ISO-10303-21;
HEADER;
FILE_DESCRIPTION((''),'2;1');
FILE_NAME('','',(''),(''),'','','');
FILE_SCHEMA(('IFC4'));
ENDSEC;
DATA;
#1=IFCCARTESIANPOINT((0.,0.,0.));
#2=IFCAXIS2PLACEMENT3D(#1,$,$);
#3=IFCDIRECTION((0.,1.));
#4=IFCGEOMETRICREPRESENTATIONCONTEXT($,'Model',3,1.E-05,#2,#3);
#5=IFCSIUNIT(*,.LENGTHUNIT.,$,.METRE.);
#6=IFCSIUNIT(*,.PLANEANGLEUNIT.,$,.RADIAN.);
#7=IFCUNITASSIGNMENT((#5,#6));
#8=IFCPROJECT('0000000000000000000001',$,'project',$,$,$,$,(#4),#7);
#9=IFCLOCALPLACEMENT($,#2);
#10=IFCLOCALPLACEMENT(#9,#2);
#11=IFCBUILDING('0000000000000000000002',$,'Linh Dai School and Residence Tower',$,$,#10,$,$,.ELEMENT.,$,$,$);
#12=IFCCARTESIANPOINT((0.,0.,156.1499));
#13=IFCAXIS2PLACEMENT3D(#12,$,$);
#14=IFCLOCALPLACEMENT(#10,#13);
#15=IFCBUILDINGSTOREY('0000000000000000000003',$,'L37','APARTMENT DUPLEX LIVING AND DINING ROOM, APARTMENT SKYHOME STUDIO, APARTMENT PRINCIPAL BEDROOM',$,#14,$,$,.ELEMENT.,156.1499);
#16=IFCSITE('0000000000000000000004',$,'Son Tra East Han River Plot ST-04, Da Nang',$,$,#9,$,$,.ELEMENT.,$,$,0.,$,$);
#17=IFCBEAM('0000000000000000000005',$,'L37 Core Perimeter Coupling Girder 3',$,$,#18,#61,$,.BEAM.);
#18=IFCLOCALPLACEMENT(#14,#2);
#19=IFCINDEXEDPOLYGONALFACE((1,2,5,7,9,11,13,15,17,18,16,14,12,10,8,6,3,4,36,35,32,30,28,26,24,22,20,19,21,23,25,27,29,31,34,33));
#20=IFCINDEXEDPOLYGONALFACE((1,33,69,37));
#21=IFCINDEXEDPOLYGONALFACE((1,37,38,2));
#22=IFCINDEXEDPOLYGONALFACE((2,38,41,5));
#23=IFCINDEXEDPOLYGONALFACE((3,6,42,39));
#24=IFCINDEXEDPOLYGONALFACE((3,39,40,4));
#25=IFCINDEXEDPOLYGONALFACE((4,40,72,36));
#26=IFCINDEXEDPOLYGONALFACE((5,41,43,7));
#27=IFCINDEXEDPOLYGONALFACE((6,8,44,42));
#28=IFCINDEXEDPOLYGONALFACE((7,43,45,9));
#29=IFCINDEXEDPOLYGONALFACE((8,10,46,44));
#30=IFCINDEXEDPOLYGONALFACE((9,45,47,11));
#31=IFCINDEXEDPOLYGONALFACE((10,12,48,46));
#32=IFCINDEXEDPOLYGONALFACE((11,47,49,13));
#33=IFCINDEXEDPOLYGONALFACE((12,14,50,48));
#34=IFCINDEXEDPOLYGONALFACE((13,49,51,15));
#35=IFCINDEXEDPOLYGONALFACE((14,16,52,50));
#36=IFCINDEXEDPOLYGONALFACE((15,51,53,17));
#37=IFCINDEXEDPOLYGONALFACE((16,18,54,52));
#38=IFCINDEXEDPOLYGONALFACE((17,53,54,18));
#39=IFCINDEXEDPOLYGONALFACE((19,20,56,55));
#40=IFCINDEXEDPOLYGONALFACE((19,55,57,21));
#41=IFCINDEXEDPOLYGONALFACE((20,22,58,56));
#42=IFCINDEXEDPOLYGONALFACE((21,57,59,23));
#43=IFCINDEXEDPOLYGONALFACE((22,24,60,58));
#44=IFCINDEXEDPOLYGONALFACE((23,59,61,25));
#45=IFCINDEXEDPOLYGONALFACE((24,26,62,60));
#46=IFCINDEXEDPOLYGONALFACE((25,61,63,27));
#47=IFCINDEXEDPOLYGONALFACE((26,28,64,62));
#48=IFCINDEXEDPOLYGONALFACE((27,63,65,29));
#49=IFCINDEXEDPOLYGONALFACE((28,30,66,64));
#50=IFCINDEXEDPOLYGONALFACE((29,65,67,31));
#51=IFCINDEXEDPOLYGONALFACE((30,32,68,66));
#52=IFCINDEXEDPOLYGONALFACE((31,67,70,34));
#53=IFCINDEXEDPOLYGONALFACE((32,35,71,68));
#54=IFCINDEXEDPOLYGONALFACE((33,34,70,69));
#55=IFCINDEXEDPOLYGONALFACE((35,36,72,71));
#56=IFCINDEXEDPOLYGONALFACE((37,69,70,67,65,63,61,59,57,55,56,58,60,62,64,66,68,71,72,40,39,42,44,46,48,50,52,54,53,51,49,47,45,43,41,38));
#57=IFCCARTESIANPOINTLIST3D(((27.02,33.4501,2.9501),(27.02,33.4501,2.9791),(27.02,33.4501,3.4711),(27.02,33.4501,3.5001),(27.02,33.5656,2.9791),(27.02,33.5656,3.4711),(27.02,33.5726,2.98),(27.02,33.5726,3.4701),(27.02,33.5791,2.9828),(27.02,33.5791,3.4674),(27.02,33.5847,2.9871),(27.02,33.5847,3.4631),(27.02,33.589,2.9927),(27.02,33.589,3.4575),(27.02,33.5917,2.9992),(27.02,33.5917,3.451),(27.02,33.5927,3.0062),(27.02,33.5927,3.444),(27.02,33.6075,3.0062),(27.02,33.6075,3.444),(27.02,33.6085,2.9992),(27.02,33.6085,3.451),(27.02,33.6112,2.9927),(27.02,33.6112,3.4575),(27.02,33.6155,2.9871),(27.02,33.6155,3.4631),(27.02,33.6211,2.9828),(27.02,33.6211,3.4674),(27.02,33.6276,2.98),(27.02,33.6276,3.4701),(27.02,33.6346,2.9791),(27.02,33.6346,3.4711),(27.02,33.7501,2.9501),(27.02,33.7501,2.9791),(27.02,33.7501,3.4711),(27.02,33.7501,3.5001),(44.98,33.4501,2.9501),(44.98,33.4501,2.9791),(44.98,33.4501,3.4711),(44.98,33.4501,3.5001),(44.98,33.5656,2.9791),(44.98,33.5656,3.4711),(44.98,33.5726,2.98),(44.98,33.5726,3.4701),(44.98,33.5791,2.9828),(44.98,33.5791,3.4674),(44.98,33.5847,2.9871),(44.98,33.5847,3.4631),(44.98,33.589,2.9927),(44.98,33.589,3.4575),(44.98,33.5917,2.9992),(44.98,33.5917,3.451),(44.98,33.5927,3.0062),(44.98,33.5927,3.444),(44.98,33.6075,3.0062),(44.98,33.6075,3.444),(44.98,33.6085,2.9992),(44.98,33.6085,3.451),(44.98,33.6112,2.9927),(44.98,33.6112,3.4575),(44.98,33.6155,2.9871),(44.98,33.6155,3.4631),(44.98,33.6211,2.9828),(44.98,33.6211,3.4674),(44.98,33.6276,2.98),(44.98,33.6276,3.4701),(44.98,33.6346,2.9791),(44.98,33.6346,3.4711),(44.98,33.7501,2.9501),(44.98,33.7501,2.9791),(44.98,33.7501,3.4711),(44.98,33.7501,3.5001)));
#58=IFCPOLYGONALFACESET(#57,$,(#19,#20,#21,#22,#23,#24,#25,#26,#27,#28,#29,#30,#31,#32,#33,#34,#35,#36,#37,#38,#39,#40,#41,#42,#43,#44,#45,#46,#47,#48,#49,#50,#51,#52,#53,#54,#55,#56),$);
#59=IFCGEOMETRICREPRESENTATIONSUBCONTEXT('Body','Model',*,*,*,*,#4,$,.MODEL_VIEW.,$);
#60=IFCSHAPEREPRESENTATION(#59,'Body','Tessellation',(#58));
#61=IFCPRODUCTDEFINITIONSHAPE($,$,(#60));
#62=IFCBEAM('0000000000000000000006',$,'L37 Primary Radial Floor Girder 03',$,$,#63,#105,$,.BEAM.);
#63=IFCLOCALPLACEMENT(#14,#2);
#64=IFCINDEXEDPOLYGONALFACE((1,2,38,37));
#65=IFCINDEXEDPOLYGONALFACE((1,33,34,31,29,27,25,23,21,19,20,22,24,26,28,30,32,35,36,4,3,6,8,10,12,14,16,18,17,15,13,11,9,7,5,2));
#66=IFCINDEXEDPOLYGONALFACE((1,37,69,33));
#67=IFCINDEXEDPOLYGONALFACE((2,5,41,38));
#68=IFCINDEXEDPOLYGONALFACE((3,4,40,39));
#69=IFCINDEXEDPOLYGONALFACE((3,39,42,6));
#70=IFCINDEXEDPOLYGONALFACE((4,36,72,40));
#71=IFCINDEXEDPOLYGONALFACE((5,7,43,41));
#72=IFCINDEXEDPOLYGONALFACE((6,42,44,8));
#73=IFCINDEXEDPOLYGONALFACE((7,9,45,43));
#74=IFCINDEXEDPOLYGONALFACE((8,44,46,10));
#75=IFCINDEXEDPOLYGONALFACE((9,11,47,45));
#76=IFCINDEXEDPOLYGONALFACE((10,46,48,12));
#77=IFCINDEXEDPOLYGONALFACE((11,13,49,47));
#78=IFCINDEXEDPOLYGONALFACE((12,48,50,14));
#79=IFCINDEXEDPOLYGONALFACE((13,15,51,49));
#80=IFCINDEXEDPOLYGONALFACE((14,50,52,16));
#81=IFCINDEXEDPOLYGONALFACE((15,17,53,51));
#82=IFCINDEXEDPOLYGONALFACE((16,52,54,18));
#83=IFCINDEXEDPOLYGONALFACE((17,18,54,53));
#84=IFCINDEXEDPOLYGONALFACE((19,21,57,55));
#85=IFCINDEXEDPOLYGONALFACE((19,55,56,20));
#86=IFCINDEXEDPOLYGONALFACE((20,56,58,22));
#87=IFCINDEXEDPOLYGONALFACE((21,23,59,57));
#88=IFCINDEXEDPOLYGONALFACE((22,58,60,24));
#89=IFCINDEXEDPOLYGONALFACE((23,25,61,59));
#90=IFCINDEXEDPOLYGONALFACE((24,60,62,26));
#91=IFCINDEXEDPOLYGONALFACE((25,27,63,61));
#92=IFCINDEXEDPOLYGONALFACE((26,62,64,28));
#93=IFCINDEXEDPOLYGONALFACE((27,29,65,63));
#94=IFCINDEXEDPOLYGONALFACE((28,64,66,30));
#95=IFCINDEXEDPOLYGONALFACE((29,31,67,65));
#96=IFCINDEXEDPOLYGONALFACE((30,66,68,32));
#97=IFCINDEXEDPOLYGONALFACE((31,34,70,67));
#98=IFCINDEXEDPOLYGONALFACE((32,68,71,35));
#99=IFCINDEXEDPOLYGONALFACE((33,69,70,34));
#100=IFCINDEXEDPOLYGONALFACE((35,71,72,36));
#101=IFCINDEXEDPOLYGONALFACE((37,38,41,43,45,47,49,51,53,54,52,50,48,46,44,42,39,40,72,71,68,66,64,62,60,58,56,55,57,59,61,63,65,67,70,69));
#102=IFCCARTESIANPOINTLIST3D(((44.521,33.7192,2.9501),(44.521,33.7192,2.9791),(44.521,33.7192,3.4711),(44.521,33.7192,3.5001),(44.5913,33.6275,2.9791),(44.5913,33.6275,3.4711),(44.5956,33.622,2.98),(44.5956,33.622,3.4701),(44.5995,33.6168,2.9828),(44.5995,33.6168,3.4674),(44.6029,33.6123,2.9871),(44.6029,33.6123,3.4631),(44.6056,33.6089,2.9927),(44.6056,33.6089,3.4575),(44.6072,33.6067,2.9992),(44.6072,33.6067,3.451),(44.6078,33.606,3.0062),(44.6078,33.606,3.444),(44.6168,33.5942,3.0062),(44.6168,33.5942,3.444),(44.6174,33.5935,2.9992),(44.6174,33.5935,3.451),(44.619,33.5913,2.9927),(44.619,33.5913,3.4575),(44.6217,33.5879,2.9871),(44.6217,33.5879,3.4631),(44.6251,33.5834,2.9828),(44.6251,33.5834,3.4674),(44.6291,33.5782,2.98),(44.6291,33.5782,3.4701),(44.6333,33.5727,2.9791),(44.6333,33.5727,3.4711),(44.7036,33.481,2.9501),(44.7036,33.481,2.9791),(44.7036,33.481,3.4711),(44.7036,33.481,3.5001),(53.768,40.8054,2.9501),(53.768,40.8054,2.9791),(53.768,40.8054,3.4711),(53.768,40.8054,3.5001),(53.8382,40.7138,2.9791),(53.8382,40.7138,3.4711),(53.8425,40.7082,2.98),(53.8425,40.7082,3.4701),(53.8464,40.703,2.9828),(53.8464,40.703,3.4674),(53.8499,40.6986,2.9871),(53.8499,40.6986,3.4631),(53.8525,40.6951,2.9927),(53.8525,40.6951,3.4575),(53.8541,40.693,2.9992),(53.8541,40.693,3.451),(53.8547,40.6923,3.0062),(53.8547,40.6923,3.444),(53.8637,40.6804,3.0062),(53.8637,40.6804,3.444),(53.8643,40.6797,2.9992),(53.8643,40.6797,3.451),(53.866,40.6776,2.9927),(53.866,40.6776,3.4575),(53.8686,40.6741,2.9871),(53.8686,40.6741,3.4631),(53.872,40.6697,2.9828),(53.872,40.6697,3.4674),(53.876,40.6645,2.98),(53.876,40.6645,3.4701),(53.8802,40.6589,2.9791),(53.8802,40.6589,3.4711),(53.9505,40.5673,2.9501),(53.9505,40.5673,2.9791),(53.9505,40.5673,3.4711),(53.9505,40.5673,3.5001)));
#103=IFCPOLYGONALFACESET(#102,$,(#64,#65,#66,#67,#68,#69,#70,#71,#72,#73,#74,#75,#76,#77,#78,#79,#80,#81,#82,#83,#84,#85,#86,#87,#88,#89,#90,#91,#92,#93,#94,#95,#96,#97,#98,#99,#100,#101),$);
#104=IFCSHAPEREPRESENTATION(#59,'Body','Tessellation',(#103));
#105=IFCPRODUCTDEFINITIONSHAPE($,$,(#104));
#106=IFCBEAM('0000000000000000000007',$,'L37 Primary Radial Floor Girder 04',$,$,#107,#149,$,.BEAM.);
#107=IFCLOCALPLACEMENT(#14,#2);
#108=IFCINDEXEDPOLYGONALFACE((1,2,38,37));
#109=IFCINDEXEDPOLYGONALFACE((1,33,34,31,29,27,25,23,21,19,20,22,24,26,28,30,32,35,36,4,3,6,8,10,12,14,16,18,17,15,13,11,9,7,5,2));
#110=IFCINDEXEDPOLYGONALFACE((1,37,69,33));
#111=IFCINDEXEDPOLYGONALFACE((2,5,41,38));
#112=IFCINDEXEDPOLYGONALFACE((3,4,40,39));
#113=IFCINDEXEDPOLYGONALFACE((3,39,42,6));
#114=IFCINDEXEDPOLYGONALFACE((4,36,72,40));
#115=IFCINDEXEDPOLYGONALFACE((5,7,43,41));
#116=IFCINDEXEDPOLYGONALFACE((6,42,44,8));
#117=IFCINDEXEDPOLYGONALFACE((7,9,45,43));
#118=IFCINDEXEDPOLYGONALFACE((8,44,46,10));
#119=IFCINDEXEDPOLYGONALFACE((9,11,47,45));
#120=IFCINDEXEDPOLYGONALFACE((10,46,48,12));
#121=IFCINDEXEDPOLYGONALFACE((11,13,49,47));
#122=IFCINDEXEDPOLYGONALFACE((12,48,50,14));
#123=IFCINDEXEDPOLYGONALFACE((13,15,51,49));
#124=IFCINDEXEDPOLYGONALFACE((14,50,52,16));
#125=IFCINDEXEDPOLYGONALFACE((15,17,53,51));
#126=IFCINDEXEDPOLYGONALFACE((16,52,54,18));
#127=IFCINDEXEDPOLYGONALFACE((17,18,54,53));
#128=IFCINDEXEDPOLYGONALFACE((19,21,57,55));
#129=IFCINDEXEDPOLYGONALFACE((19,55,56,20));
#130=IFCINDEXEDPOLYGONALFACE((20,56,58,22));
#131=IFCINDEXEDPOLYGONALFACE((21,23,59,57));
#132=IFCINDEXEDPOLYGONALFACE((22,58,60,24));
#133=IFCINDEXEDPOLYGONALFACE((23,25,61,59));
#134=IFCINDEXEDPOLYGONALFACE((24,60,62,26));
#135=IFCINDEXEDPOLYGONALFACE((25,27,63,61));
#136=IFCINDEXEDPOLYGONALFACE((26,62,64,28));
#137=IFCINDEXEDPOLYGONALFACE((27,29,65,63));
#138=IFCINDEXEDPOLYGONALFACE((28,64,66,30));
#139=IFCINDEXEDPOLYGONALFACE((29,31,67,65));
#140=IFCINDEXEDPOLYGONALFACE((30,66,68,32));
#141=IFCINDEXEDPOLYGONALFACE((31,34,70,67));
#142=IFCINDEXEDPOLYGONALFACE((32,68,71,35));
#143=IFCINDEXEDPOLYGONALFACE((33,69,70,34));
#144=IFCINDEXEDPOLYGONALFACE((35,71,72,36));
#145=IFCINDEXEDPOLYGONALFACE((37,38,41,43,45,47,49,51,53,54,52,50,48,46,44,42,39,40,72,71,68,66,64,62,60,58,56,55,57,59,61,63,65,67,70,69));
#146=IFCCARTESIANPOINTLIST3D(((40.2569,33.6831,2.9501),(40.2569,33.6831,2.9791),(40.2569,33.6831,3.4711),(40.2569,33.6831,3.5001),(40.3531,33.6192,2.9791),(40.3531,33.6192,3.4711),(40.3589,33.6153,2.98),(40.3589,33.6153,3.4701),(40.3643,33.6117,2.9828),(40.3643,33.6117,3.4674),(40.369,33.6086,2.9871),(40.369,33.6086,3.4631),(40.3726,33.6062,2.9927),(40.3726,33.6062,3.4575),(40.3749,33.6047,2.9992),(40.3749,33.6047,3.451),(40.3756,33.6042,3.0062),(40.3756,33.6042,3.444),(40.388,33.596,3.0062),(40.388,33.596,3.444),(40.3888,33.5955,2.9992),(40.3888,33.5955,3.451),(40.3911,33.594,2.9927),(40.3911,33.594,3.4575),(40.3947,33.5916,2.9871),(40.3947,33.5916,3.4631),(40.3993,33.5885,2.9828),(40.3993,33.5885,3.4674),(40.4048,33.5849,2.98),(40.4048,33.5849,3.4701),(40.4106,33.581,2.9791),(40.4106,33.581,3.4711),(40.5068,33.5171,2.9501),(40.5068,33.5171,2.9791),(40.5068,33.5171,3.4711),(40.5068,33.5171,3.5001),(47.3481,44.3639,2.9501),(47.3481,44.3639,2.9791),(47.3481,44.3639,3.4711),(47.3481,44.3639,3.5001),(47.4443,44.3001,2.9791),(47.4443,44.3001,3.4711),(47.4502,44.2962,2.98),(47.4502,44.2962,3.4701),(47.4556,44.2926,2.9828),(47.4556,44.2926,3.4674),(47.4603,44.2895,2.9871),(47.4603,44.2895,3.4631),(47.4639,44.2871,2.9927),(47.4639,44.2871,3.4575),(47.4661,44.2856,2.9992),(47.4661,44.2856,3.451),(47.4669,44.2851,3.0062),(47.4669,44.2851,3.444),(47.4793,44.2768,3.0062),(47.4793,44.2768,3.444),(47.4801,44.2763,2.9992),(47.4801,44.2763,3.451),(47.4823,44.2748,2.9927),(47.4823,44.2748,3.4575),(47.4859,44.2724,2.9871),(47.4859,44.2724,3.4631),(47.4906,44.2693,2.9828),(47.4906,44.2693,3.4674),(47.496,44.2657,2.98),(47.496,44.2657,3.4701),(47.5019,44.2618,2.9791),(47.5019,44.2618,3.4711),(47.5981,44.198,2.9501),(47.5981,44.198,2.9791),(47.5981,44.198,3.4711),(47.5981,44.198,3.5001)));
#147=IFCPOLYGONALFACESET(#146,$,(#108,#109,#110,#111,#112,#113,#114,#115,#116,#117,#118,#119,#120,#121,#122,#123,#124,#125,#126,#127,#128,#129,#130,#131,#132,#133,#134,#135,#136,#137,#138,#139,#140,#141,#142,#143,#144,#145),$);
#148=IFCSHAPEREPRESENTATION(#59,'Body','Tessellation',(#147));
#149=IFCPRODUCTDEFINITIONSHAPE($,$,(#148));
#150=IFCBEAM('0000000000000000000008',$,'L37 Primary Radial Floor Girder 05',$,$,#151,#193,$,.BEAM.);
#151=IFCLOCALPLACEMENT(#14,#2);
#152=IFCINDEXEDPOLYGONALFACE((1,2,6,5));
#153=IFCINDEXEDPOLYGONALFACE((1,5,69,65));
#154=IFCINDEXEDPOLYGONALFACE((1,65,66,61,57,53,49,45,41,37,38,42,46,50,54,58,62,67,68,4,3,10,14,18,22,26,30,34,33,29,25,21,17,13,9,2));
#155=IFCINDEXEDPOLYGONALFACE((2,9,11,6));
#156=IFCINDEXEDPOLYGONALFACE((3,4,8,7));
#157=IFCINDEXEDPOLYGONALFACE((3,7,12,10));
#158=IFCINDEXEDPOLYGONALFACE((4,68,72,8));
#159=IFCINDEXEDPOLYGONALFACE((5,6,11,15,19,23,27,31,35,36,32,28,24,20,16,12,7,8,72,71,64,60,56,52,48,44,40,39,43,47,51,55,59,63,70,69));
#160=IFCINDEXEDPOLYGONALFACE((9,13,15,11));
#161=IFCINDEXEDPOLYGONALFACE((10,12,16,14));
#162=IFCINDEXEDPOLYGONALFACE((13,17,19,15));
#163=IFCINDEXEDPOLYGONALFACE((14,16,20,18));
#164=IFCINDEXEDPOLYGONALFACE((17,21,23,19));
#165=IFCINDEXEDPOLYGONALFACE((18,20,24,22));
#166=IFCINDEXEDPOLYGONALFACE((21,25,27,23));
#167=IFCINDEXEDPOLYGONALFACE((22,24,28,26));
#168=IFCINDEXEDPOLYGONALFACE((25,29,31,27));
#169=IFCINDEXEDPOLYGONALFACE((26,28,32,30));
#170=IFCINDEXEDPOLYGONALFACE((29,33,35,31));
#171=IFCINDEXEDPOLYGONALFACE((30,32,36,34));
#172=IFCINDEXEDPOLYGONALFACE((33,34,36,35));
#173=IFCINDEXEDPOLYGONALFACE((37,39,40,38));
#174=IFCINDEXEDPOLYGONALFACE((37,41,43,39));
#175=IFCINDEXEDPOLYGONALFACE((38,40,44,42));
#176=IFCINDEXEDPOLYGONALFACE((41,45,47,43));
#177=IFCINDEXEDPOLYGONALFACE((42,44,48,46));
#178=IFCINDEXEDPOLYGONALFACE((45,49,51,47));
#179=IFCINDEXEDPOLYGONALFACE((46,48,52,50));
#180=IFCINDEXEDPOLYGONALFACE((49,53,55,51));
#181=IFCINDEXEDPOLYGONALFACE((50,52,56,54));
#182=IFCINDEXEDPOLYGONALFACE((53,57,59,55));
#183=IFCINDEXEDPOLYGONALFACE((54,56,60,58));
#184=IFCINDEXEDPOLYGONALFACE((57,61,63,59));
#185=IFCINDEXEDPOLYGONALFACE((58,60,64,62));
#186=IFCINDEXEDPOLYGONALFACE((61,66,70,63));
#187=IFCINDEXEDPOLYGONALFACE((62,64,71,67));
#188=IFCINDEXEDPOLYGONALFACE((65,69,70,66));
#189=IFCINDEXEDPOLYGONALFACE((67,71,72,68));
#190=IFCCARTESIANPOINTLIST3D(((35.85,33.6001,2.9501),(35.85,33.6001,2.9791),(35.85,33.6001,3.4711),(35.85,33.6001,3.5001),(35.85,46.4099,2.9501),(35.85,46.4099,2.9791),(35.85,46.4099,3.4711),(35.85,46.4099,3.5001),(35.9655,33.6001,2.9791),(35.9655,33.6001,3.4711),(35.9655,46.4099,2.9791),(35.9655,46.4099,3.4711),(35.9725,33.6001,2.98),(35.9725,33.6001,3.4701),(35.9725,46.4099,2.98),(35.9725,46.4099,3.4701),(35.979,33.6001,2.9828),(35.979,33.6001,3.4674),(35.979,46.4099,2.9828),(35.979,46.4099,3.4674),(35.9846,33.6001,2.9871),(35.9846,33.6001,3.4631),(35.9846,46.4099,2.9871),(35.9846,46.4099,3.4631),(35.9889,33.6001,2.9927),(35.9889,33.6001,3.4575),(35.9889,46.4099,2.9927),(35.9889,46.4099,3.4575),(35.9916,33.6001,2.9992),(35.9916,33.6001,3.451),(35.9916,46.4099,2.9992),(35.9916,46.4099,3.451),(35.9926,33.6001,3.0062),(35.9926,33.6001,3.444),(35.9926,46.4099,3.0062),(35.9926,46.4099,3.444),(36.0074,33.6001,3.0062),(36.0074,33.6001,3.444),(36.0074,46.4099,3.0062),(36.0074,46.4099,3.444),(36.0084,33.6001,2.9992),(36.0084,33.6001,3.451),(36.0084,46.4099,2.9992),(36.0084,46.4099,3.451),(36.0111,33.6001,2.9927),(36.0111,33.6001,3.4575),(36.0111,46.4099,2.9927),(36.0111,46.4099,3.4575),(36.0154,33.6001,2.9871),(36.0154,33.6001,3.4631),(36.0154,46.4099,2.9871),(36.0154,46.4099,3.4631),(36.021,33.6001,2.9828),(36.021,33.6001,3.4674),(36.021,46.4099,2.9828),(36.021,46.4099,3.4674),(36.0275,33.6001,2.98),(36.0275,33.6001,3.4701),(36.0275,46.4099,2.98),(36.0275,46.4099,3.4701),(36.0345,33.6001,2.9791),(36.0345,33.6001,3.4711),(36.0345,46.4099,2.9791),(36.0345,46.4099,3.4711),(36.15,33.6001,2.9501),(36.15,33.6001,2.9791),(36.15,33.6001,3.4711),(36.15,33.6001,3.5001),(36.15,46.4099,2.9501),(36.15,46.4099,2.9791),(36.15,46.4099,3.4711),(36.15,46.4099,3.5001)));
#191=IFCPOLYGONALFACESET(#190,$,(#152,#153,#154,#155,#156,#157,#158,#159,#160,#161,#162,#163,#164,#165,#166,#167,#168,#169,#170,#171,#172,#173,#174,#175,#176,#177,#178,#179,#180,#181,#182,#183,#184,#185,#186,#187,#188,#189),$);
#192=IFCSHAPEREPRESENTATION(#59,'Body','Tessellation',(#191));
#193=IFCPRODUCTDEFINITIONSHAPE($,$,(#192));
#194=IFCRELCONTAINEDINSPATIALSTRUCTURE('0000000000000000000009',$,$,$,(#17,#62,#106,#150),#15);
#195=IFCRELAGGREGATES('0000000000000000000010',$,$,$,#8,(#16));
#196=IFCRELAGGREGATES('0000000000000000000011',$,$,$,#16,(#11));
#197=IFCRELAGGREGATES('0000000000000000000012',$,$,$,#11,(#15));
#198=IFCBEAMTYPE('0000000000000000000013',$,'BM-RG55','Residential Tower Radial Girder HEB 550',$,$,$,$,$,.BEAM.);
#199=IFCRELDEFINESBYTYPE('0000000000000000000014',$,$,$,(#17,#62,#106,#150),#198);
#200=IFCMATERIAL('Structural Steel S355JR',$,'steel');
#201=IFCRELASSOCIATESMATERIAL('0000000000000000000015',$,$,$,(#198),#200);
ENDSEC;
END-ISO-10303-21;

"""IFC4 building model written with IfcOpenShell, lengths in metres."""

from ifc_helpers import new_model, si_unit, direction, frame, origin, origin_2d, place, context, subcontext, project, spatial, i_section, extrude, material, material_profile, profile_set, type_object, element, save


model = new_model("IFC4")

# Units and contexts
model_context = context("Model", 3, precision=1e-05, world=origin(), true_north=direction((0.0, 1.0)))
body_context = subcontext(model_context, "Body", "Model", "MODEL_VIEW")
ifc_project = project(units=[si_unit("LENGTHUNIT", "METRE"), si_unit("PLANEANGLEUNIT", "RADIAN")], contexts=[model_context])

# Site, building, storey
site_placement = place(None, origin())
site = spatial("IfcSite", under=ifc_project, at=site_placement, Name="Son Tra East Han River Plot ST-04, Da Nang", CompositionType="ELEMENT", RefElevation=0.0)
building_placement = place(site_placement, origin())
building = spatial("IfcBuilding", under=site, at=building_placement, Name="Linh Dai School and Residence Tower", CompositionType="ELEMENT")
storey_placement = place(building_placement, frame((0.0, 0.0, 156.1499)))
storey = spatial("IfcBuildingStorey", under=building, at=storey_placement, Name="L37", Description="APARTMENT DUPLEX LIVING AND DINING ROOM, APARTMENT SKYHOME STUDIO, APARTMENT PRINCIPAL BEDROOM", CompositionType="ELEMENT", Elevation=156.1499)

# Shared definitions
ifc_material_1 = material(Name="Structural Steel S355JR", Category="steel")

# Beams
ifc_material_profile_1 = material_profile(ifc_material_1, i_section(OverallWidth=0.3, OverallDepth=0.55, WebThickness=0.0149, FlangeThickness=0.0291, FilletRadius=0.0271, at=origin_2d()), Name="HEB 550")
ifc_profile_set_1 = profile_set([ifc_material_profile_1], Name="Structural Steel S355JR")
beam_type_1 = type_object("IfcBeamType", Name="BM-RG55", Description="Residential Tower Radial Girder HEB 550", PredefinedType="BEAM", material=ifc_profile_set_1)
beam_1_placement = place(storey_placement, frame((44.98, 33.6001, 3.2251), z_axis=(-1.0, 0.0, 0.0), x_axis=(0.0, -1.0, 0.0)))
element("IfcBeam", 1, at=beam_1_placement, inside=storey, type_object=beam_type_1, Name="L37 Core Perimeter Coupling Girder 3", PredefinedType="BEAM", context=body_context, shape_type="SweptSolid", body=[
    extrude(i_section(OverallWidth=0.3, OverallDepth=0.55, WebThickness=0.0149, FlangeThickness=0.0291, FilletRadius=0.0271, at=origin_2d()), origin(), (0.0, 0.0, 1.0), 17.96),
])
beam_2_placement = place(storey_placement, frame((44.6123, 33.6001, 3.2251), z_axis=(0.793733, 0.608267, 0.0), x_axis=(-0.608267, 0.793733, 0.0)))
element("IfcBeam", 2, at=beam_2_placement, inside=storey, type_object=beam_type_1, Name="L37 Primary Radial Floor Girder 03", PredefinedType="BEAM", context=body_context, shape_type="SweptSolid", body=[
    extrude(i_section(OverallWidth=0.3, OverallDepth=0.55, WebThickness=0.0149, FlangeThickness=0.0291, FilletRadius=0.0271, at=origin_2d()), origin(), (0.0, 0.0, 1.0), 11.6499),
])
beam_3_placement = place(storey_placement, frame((40.3818, 33.6001, 3.2251), z_axis=(0.553117, 0.833103, 0.0), x_axis=(-0.833103, 0.553117, 0.0)))
element("IfcBeam", 3, at=beam_3_placement, inside=storey, type_object=beam_type_1, Name="L37 Primary Radial Floor Girder 04", PredefinedType="BEAM", context=body_context, shape_type="SweptSolid", body=[
    extrude(i_section(OverallWidth=0.3, OverallDepth=0.55, WebThickness=0.0149, FlangeThickness=0.0291, FilletRadius=0.0271, at=origin_2d()), origin(), (0.0, 0.0, 1.0), 12.8206),
])
beam_4_placement = place(storey_placement, frame((36.0, 33.6001, 3.2251), z_axis=(0.0, 1.0, 0.0), x_axis=(-1.0, 0.0, 0.0)))
element("IfcBeam", 4, at=beam_4_placement, inside=storey, type_object=beam_type_1, Name="L37 Primary Radial Floor Girder 05", PredefinedType="BEAM", context=body_context, shape_type="SweptSolid", body=[
    extrude(i_section(OverallWidth=0.3, OverallDepth=0.55, WebThickness=0.0149, FlangeThickness=0.0291, FilletRadius=0.0271, at=origin_2d()), origin(), (0.0, 0.0, 1.0), 12.8098),
])

save(model, "model.ifc")
